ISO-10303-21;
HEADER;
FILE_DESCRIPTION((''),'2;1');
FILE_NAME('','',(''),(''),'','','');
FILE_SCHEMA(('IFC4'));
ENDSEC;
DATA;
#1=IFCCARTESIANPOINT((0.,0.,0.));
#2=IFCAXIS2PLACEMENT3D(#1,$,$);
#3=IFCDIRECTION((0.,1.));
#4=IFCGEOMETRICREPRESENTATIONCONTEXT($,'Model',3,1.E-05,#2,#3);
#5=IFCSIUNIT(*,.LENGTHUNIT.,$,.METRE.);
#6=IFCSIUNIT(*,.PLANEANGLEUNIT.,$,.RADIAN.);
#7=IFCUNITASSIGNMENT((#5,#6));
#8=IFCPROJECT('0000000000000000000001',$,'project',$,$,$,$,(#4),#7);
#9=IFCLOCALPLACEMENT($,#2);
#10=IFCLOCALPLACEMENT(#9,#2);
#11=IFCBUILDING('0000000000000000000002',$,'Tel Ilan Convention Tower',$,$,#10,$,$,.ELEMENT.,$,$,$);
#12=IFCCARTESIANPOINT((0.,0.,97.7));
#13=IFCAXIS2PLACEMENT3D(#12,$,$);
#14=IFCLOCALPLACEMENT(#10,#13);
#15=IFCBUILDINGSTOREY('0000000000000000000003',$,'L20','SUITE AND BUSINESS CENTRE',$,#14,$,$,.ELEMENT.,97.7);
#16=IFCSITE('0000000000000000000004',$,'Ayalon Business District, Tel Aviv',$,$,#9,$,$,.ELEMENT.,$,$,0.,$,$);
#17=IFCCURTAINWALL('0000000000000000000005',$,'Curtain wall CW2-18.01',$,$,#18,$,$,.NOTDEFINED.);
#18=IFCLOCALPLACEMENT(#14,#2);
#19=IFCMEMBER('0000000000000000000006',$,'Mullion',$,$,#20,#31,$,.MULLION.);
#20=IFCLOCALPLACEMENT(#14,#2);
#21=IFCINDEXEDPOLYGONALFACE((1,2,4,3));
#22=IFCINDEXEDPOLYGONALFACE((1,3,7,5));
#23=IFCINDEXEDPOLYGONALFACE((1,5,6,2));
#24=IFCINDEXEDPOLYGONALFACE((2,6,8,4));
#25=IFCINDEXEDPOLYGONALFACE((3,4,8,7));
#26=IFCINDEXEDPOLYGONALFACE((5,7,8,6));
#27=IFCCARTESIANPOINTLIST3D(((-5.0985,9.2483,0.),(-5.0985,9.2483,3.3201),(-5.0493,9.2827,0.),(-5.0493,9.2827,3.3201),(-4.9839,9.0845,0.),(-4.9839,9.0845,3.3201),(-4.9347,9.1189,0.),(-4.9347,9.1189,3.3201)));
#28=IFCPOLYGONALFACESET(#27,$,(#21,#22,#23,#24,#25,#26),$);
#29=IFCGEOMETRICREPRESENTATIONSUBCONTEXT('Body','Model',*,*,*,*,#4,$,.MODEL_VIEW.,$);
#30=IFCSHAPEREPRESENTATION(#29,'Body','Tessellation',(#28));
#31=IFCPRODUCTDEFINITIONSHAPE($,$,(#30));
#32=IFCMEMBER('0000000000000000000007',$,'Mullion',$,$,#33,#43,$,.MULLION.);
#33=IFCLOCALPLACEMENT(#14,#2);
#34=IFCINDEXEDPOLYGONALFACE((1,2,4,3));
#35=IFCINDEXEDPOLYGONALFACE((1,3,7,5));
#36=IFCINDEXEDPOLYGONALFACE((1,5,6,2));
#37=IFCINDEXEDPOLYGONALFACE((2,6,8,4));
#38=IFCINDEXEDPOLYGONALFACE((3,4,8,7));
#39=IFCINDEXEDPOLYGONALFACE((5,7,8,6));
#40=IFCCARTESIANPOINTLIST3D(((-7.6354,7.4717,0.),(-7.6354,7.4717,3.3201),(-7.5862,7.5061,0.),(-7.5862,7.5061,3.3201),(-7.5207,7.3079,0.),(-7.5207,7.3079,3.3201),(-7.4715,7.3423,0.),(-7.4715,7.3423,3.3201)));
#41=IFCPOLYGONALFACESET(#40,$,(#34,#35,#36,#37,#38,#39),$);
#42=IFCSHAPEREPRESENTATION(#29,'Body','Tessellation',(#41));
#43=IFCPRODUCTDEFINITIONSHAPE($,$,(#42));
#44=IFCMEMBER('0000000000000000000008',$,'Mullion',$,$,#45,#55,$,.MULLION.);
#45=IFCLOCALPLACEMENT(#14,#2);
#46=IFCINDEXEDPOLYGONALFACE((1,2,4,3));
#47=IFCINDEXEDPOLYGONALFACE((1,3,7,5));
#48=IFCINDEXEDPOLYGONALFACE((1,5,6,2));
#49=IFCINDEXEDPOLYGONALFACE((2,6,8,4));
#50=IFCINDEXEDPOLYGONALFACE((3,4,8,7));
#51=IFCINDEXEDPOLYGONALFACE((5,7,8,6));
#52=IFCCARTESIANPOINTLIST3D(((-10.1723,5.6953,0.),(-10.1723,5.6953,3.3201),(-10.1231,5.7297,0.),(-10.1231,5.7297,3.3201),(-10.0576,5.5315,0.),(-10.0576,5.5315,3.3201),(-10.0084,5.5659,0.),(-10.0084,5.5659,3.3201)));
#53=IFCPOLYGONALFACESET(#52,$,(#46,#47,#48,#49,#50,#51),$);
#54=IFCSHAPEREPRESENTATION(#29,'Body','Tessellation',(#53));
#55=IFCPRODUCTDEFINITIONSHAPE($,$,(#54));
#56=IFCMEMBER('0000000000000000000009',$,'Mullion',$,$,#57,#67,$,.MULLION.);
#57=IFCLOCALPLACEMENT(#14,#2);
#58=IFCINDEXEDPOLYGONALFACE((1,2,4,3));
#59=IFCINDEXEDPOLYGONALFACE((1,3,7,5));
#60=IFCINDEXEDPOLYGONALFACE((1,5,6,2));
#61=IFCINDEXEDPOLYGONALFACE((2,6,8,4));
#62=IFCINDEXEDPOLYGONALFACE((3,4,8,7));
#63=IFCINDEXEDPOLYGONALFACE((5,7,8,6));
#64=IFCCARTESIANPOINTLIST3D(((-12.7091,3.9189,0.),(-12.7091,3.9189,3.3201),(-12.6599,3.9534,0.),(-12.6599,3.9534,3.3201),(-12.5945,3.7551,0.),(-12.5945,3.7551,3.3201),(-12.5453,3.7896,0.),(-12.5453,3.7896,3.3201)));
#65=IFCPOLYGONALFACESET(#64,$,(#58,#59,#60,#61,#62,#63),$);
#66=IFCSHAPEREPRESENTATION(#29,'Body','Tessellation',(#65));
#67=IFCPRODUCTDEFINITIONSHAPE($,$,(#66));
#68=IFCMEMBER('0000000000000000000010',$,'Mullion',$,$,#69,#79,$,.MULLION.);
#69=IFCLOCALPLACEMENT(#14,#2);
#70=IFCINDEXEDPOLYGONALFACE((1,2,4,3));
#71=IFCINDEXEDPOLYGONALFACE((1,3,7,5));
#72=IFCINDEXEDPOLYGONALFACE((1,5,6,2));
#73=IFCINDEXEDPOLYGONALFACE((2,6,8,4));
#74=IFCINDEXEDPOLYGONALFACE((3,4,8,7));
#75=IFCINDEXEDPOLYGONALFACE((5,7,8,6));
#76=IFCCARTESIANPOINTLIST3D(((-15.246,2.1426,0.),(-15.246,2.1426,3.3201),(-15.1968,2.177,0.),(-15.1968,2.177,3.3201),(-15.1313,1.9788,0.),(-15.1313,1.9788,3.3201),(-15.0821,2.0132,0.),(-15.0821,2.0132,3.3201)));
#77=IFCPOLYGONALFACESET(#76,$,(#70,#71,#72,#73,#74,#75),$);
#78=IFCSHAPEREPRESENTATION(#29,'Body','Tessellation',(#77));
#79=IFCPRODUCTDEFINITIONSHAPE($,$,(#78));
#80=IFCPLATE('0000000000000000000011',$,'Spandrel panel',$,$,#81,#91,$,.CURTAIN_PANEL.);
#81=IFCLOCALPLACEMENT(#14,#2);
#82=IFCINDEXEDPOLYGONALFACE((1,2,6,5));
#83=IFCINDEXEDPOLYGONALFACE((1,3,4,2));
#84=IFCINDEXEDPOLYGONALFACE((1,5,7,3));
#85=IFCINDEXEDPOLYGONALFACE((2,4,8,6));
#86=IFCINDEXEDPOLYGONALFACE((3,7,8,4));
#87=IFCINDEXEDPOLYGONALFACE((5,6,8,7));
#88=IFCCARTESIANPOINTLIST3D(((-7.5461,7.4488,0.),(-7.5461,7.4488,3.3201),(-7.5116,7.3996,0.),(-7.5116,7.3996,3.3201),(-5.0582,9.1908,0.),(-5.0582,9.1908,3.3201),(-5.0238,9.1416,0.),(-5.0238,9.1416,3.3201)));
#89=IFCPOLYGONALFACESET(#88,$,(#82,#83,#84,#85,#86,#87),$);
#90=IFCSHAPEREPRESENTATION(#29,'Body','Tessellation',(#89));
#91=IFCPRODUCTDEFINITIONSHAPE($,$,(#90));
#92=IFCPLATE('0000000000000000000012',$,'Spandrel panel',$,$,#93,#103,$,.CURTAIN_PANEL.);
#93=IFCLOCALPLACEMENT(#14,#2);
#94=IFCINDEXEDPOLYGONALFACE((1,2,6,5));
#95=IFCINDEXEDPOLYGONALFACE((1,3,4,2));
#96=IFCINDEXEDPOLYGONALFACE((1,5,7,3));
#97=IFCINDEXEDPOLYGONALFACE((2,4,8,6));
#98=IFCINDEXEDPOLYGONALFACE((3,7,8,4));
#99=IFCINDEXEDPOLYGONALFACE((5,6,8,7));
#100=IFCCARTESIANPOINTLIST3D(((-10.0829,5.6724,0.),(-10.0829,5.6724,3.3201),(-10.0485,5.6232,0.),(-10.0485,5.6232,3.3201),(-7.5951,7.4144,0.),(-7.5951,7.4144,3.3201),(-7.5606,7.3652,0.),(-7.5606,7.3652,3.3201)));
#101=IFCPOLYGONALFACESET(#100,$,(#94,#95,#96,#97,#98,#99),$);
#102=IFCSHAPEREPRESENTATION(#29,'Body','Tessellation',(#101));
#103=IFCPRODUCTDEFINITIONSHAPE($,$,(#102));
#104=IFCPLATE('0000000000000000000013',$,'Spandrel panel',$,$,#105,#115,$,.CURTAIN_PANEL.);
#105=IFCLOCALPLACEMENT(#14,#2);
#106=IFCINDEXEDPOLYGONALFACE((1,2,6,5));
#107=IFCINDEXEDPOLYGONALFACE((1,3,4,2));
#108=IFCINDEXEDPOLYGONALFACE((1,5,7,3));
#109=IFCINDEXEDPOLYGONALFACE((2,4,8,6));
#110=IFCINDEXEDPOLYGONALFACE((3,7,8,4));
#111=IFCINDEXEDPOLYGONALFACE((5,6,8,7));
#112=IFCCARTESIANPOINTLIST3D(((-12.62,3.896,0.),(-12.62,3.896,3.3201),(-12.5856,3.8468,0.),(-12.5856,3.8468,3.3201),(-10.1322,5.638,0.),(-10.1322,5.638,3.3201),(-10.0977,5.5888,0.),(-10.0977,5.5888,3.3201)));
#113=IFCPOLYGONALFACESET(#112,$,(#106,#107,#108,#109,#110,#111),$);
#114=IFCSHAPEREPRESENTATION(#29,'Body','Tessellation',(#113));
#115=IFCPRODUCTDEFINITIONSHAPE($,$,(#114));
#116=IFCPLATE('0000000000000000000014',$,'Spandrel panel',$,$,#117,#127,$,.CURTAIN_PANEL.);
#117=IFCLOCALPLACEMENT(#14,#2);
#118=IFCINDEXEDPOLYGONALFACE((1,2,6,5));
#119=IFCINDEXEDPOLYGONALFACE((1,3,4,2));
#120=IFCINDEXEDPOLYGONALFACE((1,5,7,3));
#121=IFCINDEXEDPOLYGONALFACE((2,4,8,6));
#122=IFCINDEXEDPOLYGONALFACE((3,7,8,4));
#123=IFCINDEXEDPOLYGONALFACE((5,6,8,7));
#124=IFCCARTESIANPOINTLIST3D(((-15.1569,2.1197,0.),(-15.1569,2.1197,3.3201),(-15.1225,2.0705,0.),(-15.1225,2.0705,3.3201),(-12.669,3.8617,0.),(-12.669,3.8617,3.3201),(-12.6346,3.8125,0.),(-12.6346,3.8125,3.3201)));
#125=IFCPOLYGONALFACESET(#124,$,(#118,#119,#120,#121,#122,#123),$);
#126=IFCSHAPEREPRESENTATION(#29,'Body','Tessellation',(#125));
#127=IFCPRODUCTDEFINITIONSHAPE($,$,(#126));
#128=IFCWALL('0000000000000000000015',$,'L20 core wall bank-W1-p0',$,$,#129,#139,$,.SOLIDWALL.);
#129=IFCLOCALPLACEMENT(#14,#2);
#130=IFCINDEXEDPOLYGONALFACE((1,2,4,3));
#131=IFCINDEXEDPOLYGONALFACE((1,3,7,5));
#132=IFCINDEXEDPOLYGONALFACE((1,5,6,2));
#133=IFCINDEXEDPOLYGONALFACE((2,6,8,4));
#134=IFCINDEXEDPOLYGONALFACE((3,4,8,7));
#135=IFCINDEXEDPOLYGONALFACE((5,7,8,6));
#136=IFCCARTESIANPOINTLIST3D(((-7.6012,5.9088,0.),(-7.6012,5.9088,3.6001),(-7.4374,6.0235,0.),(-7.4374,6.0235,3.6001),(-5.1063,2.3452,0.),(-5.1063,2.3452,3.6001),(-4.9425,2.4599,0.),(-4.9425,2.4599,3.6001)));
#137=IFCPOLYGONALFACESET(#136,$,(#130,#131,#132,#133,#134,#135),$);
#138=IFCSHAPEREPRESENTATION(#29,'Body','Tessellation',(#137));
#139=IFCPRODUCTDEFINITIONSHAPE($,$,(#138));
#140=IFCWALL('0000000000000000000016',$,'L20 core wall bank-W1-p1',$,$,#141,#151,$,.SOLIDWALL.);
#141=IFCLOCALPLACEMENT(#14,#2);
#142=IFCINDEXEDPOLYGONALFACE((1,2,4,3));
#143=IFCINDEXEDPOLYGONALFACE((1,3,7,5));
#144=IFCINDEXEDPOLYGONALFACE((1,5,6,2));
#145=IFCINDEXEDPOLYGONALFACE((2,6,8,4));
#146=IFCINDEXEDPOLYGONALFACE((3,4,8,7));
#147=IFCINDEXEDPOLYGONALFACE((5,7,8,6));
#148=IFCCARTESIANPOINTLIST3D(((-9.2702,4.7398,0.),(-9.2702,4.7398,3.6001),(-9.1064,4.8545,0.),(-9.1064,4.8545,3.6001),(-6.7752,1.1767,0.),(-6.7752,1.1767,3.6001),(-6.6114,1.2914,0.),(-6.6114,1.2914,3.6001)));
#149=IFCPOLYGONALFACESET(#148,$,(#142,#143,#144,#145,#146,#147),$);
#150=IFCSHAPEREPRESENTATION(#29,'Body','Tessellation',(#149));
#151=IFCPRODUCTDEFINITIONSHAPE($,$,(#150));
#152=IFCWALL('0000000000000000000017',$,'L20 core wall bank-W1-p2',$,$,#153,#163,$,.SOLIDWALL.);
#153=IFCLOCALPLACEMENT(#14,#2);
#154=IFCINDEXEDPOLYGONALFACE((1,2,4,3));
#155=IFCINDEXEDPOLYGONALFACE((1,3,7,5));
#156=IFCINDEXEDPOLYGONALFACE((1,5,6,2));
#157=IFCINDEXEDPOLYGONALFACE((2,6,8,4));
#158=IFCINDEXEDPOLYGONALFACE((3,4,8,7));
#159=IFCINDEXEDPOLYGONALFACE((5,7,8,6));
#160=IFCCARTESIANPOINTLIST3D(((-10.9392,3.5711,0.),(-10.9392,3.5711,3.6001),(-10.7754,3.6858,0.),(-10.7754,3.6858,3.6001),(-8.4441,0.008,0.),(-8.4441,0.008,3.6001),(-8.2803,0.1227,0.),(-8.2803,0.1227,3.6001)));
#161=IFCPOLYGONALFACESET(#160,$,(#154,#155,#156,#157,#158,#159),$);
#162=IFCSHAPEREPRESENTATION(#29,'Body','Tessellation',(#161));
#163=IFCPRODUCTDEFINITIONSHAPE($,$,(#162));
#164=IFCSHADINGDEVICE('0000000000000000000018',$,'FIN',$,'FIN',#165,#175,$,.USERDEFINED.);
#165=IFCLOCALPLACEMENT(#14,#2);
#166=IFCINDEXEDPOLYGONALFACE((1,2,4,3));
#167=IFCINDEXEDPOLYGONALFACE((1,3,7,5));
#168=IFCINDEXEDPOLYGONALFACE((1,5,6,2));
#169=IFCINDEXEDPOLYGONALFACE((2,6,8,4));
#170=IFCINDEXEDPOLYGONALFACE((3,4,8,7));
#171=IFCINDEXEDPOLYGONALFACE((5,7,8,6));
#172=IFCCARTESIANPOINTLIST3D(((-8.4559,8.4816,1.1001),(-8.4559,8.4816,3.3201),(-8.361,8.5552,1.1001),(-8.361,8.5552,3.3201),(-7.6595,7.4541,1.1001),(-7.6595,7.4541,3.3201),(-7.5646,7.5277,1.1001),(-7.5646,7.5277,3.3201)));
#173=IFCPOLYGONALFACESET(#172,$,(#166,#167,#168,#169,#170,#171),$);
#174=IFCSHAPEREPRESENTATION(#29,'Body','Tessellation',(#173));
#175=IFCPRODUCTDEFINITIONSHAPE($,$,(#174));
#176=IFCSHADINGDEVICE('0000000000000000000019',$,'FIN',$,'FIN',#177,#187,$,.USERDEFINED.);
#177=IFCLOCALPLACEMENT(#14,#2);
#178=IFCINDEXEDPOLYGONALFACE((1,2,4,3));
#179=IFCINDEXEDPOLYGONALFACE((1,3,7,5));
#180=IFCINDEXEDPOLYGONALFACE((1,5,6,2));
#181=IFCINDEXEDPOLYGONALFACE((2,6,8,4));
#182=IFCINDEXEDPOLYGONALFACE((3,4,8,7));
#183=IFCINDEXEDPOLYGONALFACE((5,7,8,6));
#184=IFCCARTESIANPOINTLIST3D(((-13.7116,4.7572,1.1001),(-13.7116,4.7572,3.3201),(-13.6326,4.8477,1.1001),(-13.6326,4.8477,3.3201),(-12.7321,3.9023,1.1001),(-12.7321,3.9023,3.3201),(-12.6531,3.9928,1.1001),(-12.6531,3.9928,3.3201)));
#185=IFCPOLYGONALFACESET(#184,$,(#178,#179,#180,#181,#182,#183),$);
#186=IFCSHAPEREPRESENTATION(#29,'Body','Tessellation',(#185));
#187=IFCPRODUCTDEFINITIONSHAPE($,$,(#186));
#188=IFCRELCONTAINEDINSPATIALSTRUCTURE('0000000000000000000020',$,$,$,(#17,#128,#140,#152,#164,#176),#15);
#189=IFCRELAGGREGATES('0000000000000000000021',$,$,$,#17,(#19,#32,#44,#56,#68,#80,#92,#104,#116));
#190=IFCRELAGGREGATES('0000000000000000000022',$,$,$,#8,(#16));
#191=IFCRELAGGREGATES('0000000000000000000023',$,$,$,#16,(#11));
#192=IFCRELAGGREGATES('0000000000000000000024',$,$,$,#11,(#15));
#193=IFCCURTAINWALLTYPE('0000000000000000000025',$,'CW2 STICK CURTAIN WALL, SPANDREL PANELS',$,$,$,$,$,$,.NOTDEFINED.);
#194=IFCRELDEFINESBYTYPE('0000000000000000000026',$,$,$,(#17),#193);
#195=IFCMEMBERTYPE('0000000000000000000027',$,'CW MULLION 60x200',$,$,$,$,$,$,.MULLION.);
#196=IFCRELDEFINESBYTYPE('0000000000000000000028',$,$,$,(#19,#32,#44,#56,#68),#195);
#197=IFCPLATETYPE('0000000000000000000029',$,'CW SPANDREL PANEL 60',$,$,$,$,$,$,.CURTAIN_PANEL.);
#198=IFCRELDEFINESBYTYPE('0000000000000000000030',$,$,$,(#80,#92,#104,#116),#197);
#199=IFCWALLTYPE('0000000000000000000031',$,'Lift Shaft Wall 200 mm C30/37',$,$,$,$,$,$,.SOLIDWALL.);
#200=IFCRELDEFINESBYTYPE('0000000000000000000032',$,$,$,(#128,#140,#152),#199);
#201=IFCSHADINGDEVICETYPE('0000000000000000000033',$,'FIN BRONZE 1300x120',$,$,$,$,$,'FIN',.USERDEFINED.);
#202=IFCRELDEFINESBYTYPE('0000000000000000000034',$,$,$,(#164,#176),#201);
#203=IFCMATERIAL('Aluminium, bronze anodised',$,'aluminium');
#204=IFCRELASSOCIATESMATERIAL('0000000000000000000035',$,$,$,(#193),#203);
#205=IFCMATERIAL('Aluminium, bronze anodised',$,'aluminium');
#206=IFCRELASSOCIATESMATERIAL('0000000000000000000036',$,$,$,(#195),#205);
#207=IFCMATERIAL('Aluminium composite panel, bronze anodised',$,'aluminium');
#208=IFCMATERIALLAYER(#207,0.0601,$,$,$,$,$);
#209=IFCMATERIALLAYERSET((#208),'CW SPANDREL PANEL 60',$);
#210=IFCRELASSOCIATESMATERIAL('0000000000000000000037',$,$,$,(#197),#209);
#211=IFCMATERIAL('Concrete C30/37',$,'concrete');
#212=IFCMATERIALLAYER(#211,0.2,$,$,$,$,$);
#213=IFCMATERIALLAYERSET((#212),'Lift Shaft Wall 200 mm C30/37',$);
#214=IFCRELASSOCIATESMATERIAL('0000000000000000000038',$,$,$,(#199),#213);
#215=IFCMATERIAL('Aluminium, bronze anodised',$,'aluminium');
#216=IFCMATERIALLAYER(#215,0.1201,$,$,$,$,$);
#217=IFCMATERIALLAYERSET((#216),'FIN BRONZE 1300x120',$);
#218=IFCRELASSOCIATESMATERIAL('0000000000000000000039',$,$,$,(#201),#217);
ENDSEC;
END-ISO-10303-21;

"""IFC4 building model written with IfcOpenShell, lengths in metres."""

from ifc_helpers import new_model, si_unit, direction, frame, frame_2d, origin, origin_2d, place, context, subcontext, project, spatial, rectangle, extrude, material, layer, layer_set, material_profile, profile_set, type_object, element, aggregate, save


model = new_model("IFC4")

# Units and contexts
model_context = context("Model", 3, precision=1e-05, world=origin(), true_north=direction((0.0, 1.0)))
body_context = subcontext(model_context, "Body", "Model", "MODEL_VIEW")
ifc_project = project(units=[si_unit("LENGTHUNIT", "METRE"), si_unit("PLANEANGLEUNIT", "RADIAN")], contexts=[model_context])

# Site, building, storey
site_placement = place(None, origin())
site = spatial("IfcSite", under=ifc_project, at=site_placement, Name="Ayalon Business District, Tel Aviv", CompositionType="ELEMENT", RefElevation=0.0)
building_placement = place(site_placement, origin())
building = spatial("IfcBuilding", under=site, at=building_placement, Name="Tel Ilan Convention Tower", CompositionType="ELEMENT")
storey_placement = place(building_placement, frame((0.0, 0.0, 97.7)))
storey = spatial("IfcBuildingStorey", under=building, at=storey_placement, Name="L20", Description="SUITE AND BUSINESS CENTRE", CompositionType="ELEMENT", Elevation=97.7)

# Curtain wall, members, plates
ifc_material_1 = material(Name="Aluminium, bronze anodised", Category="aluminium")
curtain_wall_type = type_object("IfcCurtainWallType", Name="CW2 STICK CURTAIN WALL, SPANDREL PANELS", PredefinedType="NOTDEFINED", material=ifc_material_1)
curtain_wall_placement = place(storey_placement, origin())
curtain_wall = element("IfcCurtainWall", 1, at=curtain_wall_placement, inside=storey, type_object=curtain_wall_type, Name="Curtain wall CW2-18.01", PredefinedType="NOTDEFINED")
ifc_material_2 = material(Name="Aluminium, bronze anodised", Category="aluminium")
ifc_material_profile = material_profile(ifc_material_2, rectangle(XDim=0.0601, YDim=0.2, at=origin_2d()), Name="CW MULLION 60x200")
ifc_profile_set = profile_set([ifc_material_profile], Name="Aluminium, bronze anodised")
member_type = type_object("IfcMemberType", Name="CW MULLION 60x200", PredefinedType="MULLION", material=ifc_profile_set)
member_1_placement = place(storey_placement, frame((-5.0166, 9.1836, 0.0), z_axis=(0.0, 0.0, 1.0), x_axis=(-0.819152, -0.573576, 0.0)))
member_1 = element("IfcMember", 2, at=member_1_placement, type_object=member_type, Name="Mullion", PredefinedType="MULLION", context=body_context, shape_type="SweptSolid", body=[
    extrude(rectangle(XDim=0.0601, YDim=0.2, at=origin_2d()), origin(), (0.0, 0.0, 1.0), 3.3201),
])
member_2_placement = place(storey_placement, frame((-7.5535, 7.407, 0.0), z_axis=(0.0, 0.0, 1.0), x_axis=(-0.819152, -0.573576, 0.0)))
member_2 = element("IfcMember", 3, at=member_2_placement, type_object=member_type, Name="Mullion", PredefinedType="MULLION", context=body_context, shape_type="SweptSolid", body=[
    extrude(rectangle(XDim=0.0601, YDim=0.2, at=origin_2d()), origin(), (0.0, 0.0, 1.0), 3.3201),
])
member_3_placement = place(storey_placement, frame((-10.0903, 5.6306, 0.0), z_axis=(0.0, 0.0, 1.0), x_axis=(-0.819152, -0.573576, 0.0)))
member_3 = element("IfcMember", 4, at=member_3_placement, type_object=member_type, Name="Mullion", PredefinedType="MULLION", context=body_context, shape_type="SweptSolid", body=[
    extrude(rectangle(XDim=0.0601, YDim=0.2, at=origin_2d()), origin(), (0.0, 0.0, 1.0), 3.3201),
])
member_4_placement = place(storey_placement, frame((-12.6272, 3.8542, 0.0), z_axis=(0.0, 0.0, 1.0), x_axis=(-0.819152, -0.573576, 0.0)))
member_4 = element("IfcMember", 5, at=member_4_placement, type_object=member_type, Name="Mullion", PredefinedType="MULLION", context=body_context, shape_type="SweptSolid", body=[
    extrude(rectangle(XDim=0.0601, YDim=0.2, at=origin_2d()), origin(), (0.0, 0.0, 1.0), 3.3201),
])
member_5_placement = place(storey_placement, frame((-15.1641, 2.0779, 0.0), z_axis=(0.0, 0.0, 1.0), x_axis=(-0.819152, -0.573576, 0.0)))
member_5 = element("IfcMember", 6, at=member_5_placement, type_object=member_type, Name="Mullion", PredefinedType="MULLION", context=body_context, shape_type="SweptSolid", body=[
    extrude(rectangle(XDim=0.0601, YDim=0.2, at=origin_2d()), origin(), (0.0, 0.0, 1.0), 3.3201),
])
ifc_material_3 = material(Name="Aluminium composite panel, bronze anodised", Category="aluminium")
ifc_layer_1 = layer(ifc_material_3, 0.0601)
ifc_layer_set_1 = layer_set([ifc_layer_1], Name="CW SPANDREL PANEL 60")
plate_type = type_object("IfcPlateType", Name="CW SPANDREL PANEL 60", PredefinedType="CURTAIN_PANEL", material=ifc_layer_set_1)
plate_1_placement = place(storey_placement, frame((-6.2849, 8.2952, 0.0), z_axis=(0.0, 0.0, 1.0), x_axis=(-0.819152, -0.573576, 0.0)))
plate_1 = element("IfcPlate", 7, at=plate_1_placement, type_object=plate_type, Name="Spandrel panel", PredefinedType="CURTAIN_PANEL", context=body_context, shape_type="SweptSolid", body=[
    extrude(rectangle(XDim=3.0371, YDim=0.0601, at=origin_2d()), origin(), (0.0, 0.0, 1.0), 3.3201),
])
plate_2_placement = place(storey_placement, frame((-8.8218, 6.5188, 0.0), z_axis=(0.0, 0.0, 1.0), x_axis=(-0.819152, -0.573576, 0.0)))
plate_2 = element("IfcPlate", 8, at=plate_2_placement, type_object=plate_type, Name="Spandrel panel", PredefinedType="CURTAIN_PANEL", context=body_context, shape_type="SweptSolid", body=[
    extrude(rectangle(XDim=3.0371, YDim=0.0601, at=origin_2d()), origin(), (0.0, 0.0, 1.0), 3.3201),
])
plate_3_placement = place(storey_placement, frame((-11.3589, 4.7424, 0.0), z_axis=(0.0, 0.0, 1.0), x_axis=(-0.819152, -0.573576, 0.0)))
plate_3 = element("IfcPlate", 9, at=plate_3_placement, type_object=plate_type, Name="Spandrel panel", PredefinedType="CURTAIN_PANEL", context=body_context, shape_type="SweptSolid", body=[
    extrude(rectangle(XDim=3.0371, YDim=0.0601, at=origin_2d()), origin(), (0.0, 0.0, 1.0), 3.3201),
])
plate_4_placement = place(storey_placement, frame((-13.8958, 2.9661, 0.0), z_axis=(0.0, 0.0, 1.0), x_axis=(-0.819152, -0.573576, 0.0)))
plate_4 = element("IfcPlate", 10, at=plate_4_placement, type_object=plate_type, Name="Spandrel panel", PredefinedType="CURTAIN_PANEL", context=body_context, shape_type="SweptSolid", body=[
    extrude(rectangle(XDim=3.0371, YDim=0.0601, at=origin_2d()), origin(), (0.0, 0.0, 1.0), 3.3201),
])
aggregate(curtain_wall, [member_1, member_2, member_3, member_4, member_5, plate_1, plate_2, plate_3, plate_4])

# Walls
ifc_material_4 = material(Name="Concrete C30/37", Category="concrete")
ifc_layer_2 = layer(ifc_material_4, 0.2)
ifc_layer_set_2 = layer_set([ifc_layer_2], Name="Lift Shaft Wall 200 mm C30/37")
wall_type = type_object("IfcWallType", Name="Lift Shaft Wall 200 mm C30/37", PredefinedType="SOLIDWALL", material=ifc_layer_set_2)
wall_placement = place(storey_placement, frame((-5.0244, 2.4026, 0.0), z_axis=(0.0, 0.0, 1.0), x_axis=(-0.57353, 0.819184, 0.0)))
element("IfcWall", 11, at=wall_placement, inside=storey, type_object=wall_type, Name="L20 core wall bank-W1-p0", PredefinedType="SOLIDWALL", context=body_context, shape_type="SweptSolid", body=[
    extrude(rectangle(XDim=4.3501, YDim=0.2, at=frame_2d((2.175, 0.0))), origin(), (0.0, 0.0, 1.0), 3.6001),
])
for number, where, z_axis, x_axis, name in (
    (12, (-6.6934, 1.2341, 0.0), (0.0, 0.0, 1.0), (-0.573594, 0.81914, 0.0), "L20 core wall bank-W1-p1"),
    (13, (-8.3623, 0.0654, 0.0), (0.0, 0.0, 1.0), (-0.573594, 0.81914, 0.0), "L20 core wall bank-W1-p2"),
):
    element("IfcWall", number, at=place(storey_placement, frame(where, z_axis=z_axis, x_axis=x_axis)), inside=storey, type_object=wall_type, Name=name, PredefinedType="SOLIDWALL", context=body_context, shape_type="SweptSolid", body=[
        extrude(rectangle(XDim=4.3499, YDim=0.2, at=frame_2d((2.1748, 0.0))), origin(), (0.0, 0.0, 1.0), 3.6001),
    ])

# Shading devices
ifc_material_5 = material(Name="Aluminium, bronze anodised", Category="aluminium")
ifc_layer_3 = layer(ifc_material_5, 0.1201)
ifc_layer_set_3 = layer_set([ifc_layer_3], Name="FIN BRONZE 1300x120")
shading_device_type = type_object("IfcShadingDeviceType", Name="FIN BRONZE 1300x120", ElementType="FIN", PredefinedType="USERDEFINED", material=ifc_layer_set_3)
for number, where, z_axis, x_axis, name in (
    (14, (-8.0103, 8.0046, 1.1001), (0.0, 0.0, 1.0), (-0.612601, 0.790393, 0.0), "FIN"),
    (15, (-13.1824, 4.375, 1.1001), (0.0, 0.0, 1.0), (-0.753436, 0.657521, 0.0), "FIN"),
):
    element("IfcShadingDevice", number, at=place(storey_placement, frame(where, z_axis=z_axis, x_axis=x_axis)), inside=storey, type_object=shading_device_type, Name=name, ObjectType="FIN", PredefinedType="USERDEFINED", context=body_context, shape_type="SweptSolid", body=[
        extrude(rectangle(XDim=1.3, YDim=0.1201, at=origin_2d()), origin(), (0.0, 0.0, 1.0), 2.22),
    ])

save(model, "model.ifc")
